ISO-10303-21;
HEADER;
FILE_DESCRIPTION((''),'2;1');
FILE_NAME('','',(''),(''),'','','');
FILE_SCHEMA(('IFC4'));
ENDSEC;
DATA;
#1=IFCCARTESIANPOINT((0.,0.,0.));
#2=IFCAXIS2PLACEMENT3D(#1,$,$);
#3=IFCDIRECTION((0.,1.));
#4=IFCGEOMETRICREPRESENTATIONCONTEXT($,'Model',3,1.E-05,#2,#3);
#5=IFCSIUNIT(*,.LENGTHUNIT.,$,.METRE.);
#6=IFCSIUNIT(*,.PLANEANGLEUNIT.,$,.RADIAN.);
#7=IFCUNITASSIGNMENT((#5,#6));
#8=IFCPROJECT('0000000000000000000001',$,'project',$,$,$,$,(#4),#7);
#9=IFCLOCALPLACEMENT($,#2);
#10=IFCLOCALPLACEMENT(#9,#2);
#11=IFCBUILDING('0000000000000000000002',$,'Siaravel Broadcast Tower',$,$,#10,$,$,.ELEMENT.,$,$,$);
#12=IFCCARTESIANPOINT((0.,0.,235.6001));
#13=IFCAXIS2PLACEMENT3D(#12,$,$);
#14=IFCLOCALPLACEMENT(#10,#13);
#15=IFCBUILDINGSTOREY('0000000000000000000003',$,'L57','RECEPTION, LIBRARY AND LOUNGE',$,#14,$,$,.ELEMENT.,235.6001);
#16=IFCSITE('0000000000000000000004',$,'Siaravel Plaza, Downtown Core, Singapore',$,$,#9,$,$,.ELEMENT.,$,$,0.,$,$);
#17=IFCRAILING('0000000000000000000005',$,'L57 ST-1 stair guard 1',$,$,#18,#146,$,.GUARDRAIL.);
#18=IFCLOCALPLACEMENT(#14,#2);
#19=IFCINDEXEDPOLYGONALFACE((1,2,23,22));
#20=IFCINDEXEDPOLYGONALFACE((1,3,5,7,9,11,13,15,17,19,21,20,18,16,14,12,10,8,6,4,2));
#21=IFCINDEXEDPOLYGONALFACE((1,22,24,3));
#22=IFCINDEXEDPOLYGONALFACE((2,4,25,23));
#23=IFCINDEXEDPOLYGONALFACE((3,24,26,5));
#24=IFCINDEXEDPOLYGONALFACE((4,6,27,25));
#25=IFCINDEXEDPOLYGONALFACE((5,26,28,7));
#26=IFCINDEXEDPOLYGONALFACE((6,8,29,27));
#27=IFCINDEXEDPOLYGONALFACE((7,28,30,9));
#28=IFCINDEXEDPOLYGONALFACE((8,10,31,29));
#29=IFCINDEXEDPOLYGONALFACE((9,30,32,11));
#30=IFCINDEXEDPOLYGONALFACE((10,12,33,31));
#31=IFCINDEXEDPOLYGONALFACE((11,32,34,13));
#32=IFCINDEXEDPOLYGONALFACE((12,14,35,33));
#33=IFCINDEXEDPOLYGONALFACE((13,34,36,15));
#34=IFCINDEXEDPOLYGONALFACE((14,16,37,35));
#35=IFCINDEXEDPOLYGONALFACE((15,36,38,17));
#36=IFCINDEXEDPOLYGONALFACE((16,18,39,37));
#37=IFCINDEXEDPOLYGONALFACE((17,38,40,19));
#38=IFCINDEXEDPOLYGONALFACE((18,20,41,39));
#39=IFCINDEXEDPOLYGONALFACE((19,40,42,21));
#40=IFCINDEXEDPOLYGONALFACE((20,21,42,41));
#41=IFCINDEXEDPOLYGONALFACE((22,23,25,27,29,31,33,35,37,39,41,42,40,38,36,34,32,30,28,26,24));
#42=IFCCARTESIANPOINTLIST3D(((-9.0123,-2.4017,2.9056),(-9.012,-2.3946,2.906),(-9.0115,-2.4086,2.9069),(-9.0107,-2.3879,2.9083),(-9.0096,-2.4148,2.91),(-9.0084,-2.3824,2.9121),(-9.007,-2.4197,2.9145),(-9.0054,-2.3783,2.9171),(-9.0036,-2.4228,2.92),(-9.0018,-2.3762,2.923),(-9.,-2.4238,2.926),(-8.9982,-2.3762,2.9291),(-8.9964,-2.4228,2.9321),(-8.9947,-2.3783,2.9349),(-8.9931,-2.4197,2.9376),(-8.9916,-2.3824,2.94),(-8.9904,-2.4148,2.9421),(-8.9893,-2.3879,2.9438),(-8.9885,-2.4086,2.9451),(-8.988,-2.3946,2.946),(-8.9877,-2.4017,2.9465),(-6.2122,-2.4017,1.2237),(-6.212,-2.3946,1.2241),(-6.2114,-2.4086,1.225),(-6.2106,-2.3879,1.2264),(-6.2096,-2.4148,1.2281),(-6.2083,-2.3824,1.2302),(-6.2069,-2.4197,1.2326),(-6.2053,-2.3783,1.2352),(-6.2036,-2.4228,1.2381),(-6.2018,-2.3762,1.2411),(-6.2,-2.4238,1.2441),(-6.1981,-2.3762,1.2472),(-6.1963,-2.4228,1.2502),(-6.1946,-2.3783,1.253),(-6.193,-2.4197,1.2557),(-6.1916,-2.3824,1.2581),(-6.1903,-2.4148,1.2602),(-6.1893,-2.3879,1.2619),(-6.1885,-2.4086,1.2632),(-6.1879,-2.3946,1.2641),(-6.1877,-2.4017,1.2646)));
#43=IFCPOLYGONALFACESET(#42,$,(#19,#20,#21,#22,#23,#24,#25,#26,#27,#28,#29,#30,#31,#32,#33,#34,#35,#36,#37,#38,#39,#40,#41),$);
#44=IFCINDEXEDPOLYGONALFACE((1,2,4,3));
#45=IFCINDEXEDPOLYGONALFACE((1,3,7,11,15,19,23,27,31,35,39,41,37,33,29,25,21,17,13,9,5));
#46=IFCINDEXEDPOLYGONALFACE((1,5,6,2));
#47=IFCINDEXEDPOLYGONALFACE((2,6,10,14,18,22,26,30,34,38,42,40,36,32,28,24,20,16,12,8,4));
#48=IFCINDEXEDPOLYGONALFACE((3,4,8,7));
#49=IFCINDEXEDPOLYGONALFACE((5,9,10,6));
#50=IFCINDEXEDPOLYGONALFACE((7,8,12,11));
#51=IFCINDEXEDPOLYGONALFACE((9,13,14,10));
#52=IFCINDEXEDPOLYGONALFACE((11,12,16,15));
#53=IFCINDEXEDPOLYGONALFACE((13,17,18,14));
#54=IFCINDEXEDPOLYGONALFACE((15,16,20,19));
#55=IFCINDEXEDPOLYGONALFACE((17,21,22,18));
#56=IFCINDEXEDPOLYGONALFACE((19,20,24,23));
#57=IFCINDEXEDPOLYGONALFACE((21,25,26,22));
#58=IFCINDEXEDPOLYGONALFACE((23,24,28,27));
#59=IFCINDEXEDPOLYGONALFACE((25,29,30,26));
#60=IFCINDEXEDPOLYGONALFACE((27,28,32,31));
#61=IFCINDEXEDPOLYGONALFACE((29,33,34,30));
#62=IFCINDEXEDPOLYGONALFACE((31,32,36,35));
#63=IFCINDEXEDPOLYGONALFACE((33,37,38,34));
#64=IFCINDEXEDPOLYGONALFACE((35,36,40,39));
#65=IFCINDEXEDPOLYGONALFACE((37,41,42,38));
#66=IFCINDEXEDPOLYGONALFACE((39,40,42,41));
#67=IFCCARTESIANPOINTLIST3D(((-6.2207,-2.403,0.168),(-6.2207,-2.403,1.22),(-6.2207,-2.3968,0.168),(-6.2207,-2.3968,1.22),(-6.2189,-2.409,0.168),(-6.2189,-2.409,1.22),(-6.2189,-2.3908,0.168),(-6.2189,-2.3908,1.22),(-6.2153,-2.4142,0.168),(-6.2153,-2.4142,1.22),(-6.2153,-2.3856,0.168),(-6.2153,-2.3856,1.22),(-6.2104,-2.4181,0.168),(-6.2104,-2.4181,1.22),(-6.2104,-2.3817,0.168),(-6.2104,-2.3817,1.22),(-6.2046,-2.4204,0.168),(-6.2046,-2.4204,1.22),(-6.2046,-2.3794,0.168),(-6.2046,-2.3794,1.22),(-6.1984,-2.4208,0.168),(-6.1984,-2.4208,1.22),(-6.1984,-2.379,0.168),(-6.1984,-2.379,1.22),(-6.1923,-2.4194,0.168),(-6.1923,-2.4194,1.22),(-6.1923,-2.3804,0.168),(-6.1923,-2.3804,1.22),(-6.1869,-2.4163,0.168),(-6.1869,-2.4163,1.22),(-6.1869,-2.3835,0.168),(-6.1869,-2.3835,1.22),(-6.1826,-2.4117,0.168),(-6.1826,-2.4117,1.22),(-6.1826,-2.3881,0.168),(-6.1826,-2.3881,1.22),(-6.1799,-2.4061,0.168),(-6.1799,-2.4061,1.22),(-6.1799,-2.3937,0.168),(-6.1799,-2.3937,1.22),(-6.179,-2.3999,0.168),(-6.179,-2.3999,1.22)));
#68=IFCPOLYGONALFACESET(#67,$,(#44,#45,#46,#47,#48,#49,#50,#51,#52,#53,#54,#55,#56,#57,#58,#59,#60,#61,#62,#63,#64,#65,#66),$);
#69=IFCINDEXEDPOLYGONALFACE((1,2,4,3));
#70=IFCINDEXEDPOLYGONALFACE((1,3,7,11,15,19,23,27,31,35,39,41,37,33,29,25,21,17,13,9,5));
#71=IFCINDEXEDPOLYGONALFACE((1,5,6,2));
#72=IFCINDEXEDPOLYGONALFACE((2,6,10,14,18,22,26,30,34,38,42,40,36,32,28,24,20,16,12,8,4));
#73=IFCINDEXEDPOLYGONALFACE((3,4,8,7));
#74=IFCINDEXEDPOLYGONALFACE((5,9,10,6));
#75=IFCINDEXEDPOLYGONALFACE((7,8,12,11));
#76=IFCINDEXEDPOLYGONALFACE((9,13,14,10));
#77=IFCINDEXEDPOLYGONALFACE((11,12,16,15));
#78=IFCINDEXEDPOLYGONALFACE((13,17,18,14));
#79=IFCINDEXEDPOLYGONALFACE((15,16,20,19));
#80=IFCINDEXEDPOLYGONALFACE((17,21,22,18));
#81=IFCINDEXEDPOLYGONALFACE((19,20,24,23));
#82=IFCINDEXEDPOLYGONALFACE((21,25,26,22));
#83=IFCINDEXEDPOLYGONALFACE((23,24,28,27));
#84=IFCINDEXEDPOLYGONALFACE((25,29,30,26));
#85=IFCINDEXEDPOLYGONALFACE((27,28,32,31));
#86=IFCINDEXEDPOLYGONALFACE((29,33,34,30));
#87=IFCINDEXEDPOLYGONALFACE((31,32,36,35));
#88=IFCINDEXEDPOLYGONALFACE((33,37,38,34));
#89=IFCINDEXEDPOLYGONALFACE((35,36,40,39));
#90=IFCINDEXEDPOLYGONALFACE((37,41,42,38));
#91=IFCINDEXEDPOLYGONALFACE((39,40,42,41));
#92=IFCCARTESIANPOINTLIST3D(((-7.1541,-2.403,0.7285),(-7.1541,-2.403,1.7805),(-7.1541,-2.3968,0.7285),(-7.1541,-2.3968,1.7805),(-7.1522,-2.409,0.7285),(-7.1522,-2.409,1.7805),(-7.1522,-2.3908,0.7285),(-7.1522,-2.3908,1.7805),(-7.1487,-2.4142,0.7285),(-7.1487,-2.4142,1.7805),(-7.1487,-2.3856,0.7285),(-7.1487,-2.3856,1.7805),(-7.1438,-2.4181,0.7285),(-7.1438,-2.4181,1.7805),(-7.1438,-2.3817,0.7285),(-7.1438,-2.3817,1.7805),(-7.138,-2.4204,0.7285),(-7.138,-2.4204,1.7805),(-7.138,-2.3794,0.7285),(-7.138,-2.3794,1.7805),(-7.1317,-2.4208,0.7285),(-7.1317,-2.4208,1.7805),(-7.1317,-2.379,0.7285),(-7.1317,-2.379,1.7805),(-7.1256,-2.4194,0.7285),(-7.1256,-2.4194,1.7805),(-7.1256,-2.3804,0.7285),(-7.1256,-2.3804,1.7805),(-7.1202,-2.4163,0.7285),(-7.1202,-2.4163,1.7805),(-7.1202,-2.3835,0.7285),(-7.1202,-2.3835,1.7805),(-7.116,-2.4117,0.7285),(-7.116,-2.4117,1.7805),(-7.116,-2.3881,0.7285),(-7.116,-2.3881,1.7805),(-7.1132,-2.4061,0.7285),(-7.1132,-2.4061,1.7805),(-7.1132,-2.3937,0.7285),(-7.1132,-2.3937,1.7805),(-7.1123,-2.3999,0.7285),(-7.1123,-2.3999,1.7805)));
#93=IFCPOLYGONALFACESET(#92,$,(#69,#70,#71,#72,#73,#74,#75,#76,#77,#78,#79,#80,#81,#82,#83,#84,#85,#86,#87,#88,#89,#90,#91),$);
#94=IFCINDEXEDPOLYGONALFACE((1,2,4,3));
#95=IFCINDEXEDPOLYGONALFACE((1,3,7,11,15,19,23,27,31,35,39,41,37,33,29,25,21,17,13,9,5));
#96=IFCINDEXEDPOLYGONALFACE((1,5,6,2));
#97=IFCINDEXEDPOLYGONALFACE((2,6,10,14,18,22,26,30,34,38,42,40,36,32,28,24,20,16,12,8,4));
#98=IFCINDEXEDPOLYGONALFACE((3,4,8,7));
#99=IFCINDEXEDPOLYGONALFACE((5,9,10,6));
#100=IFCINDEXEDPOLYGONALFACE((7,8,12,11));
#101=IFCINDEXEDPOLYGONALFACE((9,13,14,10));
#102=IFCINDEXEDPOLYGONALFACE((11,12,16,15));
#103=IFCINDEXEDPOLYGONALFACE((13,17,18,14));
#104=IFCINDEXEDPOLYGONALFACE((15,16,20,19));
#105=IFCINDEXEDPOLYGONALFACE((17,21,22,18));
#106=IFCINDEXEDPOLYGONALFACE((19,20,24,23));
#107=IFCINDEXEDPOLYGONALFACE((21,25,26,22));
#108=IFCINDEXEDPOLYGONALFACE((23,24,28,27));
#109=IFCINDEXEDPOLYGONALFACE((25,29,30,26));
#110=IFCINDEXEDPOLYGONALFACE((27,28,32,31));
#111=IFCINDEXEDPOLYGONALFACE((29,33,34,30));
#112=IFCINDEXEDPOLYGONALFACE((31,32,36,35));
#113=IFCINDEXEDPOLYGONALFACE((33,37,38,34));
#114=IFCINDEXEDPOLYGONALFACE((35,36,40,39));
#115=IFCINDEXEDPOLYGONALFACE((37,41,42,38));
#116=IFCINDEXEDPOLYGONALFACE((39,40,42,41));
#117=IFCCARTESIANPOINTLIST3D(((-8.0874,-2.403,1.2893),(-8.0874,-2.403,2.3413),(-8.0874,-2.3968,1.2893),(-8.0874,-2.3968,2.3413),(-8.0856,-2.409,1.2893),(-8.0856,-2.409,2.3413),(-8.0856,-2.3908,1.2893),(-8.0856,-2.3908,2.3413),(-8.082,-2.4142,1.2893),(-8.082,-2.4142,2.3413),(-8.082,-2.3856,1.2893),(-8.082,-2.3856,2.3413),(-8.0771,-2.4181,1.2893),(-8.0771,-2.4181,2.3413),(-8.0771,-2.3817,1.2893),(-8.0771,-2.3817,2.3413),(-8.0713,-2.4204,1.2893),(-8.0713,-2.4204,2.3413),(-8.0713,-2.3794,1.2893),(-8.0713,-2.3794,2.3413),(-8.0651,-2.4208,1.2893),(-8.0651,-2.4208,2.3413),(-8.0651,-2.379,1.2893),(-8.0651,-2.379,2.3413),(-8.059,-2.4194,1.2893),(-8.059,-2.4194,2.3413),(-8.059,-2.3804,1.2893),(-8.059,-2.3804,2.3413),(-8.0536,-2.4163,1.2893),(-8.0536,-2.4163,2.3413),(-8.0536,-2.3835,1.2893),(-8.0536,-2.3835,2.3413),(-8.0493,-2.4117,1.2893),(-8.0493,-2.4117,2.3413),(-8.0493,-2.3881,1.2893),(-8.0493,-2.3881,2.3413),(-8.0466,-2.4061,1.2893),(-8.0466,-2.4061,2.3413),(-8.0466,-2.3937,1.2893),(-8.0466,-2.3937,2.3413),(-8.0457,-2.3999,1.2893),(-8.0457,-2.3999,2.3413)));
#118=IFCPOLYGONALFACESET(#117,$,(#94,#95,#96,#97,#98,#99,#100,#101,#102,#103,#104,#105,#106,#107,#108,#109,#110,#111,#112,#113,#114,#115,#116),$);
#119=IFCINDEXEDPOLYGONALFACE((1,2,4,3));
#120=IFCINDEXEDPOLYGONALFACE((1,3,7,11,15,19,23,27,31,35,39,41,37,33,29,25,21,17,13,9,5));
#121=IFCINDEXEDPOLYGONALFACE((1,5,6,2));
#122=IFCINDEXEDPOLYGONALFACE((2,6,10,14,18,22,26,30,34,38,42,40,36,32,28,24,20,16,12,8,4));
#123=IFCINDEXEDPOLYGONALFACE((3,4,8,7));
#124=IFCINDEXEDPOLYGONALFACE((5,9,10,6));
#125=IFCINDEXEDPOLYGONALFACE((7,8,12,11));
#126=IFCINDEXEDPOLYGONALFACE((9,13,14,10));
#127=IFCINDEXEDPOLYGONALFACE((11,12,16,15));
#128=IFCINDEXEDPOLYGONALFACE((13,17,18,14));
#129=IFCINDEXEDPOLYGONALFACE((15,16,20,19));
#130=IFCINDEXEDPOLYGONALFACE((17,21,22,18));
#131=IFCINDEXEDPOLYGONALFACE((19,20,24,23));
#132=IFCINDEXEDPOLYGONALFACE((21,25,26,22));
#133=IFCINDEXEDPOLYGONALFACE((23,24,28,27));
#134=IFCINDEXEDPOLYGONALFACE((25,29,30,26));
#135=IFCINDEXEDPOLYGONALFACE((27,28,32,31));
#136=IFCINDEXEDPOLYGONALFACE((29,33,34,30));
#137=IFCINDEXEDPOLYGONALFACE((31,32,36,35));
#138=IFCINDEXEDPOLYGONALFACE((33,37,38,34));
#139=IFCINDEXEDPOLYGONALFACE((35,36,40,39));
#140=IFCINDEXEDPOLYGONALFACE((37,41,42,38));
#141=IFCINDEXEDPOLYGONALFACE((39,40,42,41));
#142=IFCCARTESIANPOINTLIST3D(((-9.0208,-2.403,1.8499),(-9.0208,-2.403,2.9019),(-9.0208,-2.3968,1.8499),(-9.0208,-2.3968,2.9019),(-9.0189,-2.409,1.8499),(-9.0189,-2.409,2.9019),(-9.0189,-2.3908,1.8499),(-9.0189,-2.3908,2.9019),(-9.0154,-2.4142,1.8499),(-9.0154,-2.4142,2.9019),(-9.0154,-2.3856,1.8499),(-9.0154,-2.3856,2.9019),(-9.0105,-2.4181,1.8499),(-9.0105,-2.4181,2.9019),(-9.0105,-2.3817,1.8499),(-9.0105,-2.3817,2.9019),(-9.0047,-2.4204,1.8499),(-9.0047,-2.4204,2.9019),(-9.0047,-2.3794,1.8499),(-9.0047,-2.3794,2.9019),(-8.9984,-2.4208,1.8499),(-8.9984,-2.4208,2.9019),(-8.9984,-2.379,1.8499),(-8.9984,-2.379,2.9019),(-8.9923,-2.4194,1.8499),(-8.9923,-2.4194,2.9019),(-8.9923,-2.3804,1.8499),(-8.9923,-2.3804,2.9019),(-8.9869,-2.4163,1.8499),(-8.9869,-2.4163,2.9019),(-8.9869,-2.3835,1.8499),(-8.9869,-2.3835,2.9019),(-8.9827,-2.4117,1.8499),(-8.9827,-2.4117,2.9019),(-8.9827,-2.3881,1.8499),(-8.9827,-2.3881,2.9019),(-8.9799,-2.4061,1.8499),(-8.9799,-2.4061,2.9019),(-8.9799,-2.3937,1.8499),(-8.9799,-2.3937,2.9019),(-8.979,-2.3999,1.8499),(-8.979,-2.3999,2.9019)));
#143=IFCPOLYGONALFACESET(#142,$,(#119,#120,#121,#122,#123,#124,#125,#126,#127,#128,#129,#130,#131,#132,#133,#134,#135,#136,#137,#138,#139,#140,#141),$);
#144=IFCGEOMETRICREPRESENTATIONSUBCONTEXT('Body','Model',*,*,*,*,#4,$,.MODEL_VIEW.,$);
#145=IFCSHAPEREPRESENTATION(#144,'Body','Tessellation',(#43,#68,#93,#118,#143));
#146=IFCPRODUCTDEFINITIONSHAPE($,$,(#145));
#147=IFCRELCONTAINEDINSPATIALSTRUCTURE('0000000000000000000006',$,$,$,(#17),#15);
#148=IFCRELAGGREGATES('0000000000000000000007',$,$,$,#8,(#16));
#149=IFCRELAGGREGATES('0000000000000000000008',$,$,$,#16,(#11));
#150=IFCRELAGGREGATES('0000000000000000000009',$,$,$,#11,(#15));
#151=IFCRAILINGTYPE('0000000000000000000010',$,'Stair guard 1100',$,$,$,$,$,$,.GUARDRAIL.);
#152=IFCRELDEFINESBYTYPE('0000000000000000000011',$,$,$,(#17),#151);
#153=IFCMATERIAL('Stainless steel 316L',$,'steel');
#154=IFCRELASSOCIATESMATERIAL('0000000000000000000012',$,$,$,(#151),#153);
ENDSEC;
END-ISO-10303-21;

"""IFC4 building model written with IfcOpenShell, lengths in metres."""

from ifc_helpers import new_model, si_unit, direction, frame, origin, origin_2d, place, context, subcontext, project, spatial, circle, extrude, material, type_object, element, save


model = new_model("IFC4")

# Units and contexts
model_context = context("Model", 3, precision=1e-05, world=origin(), true_north=direction((0.0, 1.0)))
body_context = subcontext(model_context, "Body", "Model", "MODEL_VIEW")
ifc_project = project(units=[si_unit("LENGTHUNIT", "METRE"), si_unit("PLANEANGLEUNIT", "RADIAN")], contexts=[model_context])

# Site, building, storey
site_placement = place(None, origin())
site = spatial("IfcSite", under=ifc_project, at=site_placement, Name="Siaravel Plaza, Downtown Core, Singapore", CompositionType="ELEMENT", RefElevation=0.0)
building_placement = place(site_placement, origin())
building = spatial("IfcBuilding", under=site, at=building_placement, Name="Siaravel Broadcast Tower", CompositionType="ELEMENT")
storey_placement = place(building_placement, frame((0.0, 0.0, 235.6001)))
storey = spatial("IfcBuildingStorey", under=building, at=storey_placement, Name="L57", Description="RECEPTION, LIBRARY AND LOUNGE", CompositionType="ELEMENT", Elevation=235.6001)

# Shared definitions
ifc_material_1 = material(Name="Stainless steel 316L", Category="steel")

# Railing
railing_type_1 = type_object("IfcRailingType", Name="Stair guard 1100", PredefinedType="GUARDRAIL", material=ifc_material_1)
railing_1_placement = place(storey_placement, frame((-6.2, -2.3999, 0.168)))
element("IfcRailing", 1, at=railing_1_placement, inside=storey, type_object=railing_type_1, Name="L57 ST-1 stair guard 1", PredefinedType="GUARDRAIL", context=body_context, shape_type="SweptSolid", body=[
    extrude(circle(Radius=0.0239, at=origin_2d()), frame((0.0, 0.0, 1.0762), z_axis=(-0.857242, 0.0, 0.514913), x_axis=(0.0, -1.0, 0.0)), (0.0, 0.0, 1.0), 3.2664),
    extrude(circle(Radius=0.021, at=origin_2d()), origin(), (0.0, 0.0, 1.0), 1.052),
    extrude(circle(Radius=0.021, at=origin_2d()), frame((-0.9333, 0.0, 0.5605)), (0.0, 0.0, 1.0), 1.052),
    extrude(circle(Radius=0.021, at=origin_2d()), frame((-1.8667, 0.0, 1.1213)), (0.0, 0.0, 1.0), 1.052),
    extrude(circle(Radius=0.021, at=origin_2d()), frame((-2.8, 0.0, 1.6819)), (0.0, 0.0, 1.0), 1.052),
])

save(model, "model.ifc")
